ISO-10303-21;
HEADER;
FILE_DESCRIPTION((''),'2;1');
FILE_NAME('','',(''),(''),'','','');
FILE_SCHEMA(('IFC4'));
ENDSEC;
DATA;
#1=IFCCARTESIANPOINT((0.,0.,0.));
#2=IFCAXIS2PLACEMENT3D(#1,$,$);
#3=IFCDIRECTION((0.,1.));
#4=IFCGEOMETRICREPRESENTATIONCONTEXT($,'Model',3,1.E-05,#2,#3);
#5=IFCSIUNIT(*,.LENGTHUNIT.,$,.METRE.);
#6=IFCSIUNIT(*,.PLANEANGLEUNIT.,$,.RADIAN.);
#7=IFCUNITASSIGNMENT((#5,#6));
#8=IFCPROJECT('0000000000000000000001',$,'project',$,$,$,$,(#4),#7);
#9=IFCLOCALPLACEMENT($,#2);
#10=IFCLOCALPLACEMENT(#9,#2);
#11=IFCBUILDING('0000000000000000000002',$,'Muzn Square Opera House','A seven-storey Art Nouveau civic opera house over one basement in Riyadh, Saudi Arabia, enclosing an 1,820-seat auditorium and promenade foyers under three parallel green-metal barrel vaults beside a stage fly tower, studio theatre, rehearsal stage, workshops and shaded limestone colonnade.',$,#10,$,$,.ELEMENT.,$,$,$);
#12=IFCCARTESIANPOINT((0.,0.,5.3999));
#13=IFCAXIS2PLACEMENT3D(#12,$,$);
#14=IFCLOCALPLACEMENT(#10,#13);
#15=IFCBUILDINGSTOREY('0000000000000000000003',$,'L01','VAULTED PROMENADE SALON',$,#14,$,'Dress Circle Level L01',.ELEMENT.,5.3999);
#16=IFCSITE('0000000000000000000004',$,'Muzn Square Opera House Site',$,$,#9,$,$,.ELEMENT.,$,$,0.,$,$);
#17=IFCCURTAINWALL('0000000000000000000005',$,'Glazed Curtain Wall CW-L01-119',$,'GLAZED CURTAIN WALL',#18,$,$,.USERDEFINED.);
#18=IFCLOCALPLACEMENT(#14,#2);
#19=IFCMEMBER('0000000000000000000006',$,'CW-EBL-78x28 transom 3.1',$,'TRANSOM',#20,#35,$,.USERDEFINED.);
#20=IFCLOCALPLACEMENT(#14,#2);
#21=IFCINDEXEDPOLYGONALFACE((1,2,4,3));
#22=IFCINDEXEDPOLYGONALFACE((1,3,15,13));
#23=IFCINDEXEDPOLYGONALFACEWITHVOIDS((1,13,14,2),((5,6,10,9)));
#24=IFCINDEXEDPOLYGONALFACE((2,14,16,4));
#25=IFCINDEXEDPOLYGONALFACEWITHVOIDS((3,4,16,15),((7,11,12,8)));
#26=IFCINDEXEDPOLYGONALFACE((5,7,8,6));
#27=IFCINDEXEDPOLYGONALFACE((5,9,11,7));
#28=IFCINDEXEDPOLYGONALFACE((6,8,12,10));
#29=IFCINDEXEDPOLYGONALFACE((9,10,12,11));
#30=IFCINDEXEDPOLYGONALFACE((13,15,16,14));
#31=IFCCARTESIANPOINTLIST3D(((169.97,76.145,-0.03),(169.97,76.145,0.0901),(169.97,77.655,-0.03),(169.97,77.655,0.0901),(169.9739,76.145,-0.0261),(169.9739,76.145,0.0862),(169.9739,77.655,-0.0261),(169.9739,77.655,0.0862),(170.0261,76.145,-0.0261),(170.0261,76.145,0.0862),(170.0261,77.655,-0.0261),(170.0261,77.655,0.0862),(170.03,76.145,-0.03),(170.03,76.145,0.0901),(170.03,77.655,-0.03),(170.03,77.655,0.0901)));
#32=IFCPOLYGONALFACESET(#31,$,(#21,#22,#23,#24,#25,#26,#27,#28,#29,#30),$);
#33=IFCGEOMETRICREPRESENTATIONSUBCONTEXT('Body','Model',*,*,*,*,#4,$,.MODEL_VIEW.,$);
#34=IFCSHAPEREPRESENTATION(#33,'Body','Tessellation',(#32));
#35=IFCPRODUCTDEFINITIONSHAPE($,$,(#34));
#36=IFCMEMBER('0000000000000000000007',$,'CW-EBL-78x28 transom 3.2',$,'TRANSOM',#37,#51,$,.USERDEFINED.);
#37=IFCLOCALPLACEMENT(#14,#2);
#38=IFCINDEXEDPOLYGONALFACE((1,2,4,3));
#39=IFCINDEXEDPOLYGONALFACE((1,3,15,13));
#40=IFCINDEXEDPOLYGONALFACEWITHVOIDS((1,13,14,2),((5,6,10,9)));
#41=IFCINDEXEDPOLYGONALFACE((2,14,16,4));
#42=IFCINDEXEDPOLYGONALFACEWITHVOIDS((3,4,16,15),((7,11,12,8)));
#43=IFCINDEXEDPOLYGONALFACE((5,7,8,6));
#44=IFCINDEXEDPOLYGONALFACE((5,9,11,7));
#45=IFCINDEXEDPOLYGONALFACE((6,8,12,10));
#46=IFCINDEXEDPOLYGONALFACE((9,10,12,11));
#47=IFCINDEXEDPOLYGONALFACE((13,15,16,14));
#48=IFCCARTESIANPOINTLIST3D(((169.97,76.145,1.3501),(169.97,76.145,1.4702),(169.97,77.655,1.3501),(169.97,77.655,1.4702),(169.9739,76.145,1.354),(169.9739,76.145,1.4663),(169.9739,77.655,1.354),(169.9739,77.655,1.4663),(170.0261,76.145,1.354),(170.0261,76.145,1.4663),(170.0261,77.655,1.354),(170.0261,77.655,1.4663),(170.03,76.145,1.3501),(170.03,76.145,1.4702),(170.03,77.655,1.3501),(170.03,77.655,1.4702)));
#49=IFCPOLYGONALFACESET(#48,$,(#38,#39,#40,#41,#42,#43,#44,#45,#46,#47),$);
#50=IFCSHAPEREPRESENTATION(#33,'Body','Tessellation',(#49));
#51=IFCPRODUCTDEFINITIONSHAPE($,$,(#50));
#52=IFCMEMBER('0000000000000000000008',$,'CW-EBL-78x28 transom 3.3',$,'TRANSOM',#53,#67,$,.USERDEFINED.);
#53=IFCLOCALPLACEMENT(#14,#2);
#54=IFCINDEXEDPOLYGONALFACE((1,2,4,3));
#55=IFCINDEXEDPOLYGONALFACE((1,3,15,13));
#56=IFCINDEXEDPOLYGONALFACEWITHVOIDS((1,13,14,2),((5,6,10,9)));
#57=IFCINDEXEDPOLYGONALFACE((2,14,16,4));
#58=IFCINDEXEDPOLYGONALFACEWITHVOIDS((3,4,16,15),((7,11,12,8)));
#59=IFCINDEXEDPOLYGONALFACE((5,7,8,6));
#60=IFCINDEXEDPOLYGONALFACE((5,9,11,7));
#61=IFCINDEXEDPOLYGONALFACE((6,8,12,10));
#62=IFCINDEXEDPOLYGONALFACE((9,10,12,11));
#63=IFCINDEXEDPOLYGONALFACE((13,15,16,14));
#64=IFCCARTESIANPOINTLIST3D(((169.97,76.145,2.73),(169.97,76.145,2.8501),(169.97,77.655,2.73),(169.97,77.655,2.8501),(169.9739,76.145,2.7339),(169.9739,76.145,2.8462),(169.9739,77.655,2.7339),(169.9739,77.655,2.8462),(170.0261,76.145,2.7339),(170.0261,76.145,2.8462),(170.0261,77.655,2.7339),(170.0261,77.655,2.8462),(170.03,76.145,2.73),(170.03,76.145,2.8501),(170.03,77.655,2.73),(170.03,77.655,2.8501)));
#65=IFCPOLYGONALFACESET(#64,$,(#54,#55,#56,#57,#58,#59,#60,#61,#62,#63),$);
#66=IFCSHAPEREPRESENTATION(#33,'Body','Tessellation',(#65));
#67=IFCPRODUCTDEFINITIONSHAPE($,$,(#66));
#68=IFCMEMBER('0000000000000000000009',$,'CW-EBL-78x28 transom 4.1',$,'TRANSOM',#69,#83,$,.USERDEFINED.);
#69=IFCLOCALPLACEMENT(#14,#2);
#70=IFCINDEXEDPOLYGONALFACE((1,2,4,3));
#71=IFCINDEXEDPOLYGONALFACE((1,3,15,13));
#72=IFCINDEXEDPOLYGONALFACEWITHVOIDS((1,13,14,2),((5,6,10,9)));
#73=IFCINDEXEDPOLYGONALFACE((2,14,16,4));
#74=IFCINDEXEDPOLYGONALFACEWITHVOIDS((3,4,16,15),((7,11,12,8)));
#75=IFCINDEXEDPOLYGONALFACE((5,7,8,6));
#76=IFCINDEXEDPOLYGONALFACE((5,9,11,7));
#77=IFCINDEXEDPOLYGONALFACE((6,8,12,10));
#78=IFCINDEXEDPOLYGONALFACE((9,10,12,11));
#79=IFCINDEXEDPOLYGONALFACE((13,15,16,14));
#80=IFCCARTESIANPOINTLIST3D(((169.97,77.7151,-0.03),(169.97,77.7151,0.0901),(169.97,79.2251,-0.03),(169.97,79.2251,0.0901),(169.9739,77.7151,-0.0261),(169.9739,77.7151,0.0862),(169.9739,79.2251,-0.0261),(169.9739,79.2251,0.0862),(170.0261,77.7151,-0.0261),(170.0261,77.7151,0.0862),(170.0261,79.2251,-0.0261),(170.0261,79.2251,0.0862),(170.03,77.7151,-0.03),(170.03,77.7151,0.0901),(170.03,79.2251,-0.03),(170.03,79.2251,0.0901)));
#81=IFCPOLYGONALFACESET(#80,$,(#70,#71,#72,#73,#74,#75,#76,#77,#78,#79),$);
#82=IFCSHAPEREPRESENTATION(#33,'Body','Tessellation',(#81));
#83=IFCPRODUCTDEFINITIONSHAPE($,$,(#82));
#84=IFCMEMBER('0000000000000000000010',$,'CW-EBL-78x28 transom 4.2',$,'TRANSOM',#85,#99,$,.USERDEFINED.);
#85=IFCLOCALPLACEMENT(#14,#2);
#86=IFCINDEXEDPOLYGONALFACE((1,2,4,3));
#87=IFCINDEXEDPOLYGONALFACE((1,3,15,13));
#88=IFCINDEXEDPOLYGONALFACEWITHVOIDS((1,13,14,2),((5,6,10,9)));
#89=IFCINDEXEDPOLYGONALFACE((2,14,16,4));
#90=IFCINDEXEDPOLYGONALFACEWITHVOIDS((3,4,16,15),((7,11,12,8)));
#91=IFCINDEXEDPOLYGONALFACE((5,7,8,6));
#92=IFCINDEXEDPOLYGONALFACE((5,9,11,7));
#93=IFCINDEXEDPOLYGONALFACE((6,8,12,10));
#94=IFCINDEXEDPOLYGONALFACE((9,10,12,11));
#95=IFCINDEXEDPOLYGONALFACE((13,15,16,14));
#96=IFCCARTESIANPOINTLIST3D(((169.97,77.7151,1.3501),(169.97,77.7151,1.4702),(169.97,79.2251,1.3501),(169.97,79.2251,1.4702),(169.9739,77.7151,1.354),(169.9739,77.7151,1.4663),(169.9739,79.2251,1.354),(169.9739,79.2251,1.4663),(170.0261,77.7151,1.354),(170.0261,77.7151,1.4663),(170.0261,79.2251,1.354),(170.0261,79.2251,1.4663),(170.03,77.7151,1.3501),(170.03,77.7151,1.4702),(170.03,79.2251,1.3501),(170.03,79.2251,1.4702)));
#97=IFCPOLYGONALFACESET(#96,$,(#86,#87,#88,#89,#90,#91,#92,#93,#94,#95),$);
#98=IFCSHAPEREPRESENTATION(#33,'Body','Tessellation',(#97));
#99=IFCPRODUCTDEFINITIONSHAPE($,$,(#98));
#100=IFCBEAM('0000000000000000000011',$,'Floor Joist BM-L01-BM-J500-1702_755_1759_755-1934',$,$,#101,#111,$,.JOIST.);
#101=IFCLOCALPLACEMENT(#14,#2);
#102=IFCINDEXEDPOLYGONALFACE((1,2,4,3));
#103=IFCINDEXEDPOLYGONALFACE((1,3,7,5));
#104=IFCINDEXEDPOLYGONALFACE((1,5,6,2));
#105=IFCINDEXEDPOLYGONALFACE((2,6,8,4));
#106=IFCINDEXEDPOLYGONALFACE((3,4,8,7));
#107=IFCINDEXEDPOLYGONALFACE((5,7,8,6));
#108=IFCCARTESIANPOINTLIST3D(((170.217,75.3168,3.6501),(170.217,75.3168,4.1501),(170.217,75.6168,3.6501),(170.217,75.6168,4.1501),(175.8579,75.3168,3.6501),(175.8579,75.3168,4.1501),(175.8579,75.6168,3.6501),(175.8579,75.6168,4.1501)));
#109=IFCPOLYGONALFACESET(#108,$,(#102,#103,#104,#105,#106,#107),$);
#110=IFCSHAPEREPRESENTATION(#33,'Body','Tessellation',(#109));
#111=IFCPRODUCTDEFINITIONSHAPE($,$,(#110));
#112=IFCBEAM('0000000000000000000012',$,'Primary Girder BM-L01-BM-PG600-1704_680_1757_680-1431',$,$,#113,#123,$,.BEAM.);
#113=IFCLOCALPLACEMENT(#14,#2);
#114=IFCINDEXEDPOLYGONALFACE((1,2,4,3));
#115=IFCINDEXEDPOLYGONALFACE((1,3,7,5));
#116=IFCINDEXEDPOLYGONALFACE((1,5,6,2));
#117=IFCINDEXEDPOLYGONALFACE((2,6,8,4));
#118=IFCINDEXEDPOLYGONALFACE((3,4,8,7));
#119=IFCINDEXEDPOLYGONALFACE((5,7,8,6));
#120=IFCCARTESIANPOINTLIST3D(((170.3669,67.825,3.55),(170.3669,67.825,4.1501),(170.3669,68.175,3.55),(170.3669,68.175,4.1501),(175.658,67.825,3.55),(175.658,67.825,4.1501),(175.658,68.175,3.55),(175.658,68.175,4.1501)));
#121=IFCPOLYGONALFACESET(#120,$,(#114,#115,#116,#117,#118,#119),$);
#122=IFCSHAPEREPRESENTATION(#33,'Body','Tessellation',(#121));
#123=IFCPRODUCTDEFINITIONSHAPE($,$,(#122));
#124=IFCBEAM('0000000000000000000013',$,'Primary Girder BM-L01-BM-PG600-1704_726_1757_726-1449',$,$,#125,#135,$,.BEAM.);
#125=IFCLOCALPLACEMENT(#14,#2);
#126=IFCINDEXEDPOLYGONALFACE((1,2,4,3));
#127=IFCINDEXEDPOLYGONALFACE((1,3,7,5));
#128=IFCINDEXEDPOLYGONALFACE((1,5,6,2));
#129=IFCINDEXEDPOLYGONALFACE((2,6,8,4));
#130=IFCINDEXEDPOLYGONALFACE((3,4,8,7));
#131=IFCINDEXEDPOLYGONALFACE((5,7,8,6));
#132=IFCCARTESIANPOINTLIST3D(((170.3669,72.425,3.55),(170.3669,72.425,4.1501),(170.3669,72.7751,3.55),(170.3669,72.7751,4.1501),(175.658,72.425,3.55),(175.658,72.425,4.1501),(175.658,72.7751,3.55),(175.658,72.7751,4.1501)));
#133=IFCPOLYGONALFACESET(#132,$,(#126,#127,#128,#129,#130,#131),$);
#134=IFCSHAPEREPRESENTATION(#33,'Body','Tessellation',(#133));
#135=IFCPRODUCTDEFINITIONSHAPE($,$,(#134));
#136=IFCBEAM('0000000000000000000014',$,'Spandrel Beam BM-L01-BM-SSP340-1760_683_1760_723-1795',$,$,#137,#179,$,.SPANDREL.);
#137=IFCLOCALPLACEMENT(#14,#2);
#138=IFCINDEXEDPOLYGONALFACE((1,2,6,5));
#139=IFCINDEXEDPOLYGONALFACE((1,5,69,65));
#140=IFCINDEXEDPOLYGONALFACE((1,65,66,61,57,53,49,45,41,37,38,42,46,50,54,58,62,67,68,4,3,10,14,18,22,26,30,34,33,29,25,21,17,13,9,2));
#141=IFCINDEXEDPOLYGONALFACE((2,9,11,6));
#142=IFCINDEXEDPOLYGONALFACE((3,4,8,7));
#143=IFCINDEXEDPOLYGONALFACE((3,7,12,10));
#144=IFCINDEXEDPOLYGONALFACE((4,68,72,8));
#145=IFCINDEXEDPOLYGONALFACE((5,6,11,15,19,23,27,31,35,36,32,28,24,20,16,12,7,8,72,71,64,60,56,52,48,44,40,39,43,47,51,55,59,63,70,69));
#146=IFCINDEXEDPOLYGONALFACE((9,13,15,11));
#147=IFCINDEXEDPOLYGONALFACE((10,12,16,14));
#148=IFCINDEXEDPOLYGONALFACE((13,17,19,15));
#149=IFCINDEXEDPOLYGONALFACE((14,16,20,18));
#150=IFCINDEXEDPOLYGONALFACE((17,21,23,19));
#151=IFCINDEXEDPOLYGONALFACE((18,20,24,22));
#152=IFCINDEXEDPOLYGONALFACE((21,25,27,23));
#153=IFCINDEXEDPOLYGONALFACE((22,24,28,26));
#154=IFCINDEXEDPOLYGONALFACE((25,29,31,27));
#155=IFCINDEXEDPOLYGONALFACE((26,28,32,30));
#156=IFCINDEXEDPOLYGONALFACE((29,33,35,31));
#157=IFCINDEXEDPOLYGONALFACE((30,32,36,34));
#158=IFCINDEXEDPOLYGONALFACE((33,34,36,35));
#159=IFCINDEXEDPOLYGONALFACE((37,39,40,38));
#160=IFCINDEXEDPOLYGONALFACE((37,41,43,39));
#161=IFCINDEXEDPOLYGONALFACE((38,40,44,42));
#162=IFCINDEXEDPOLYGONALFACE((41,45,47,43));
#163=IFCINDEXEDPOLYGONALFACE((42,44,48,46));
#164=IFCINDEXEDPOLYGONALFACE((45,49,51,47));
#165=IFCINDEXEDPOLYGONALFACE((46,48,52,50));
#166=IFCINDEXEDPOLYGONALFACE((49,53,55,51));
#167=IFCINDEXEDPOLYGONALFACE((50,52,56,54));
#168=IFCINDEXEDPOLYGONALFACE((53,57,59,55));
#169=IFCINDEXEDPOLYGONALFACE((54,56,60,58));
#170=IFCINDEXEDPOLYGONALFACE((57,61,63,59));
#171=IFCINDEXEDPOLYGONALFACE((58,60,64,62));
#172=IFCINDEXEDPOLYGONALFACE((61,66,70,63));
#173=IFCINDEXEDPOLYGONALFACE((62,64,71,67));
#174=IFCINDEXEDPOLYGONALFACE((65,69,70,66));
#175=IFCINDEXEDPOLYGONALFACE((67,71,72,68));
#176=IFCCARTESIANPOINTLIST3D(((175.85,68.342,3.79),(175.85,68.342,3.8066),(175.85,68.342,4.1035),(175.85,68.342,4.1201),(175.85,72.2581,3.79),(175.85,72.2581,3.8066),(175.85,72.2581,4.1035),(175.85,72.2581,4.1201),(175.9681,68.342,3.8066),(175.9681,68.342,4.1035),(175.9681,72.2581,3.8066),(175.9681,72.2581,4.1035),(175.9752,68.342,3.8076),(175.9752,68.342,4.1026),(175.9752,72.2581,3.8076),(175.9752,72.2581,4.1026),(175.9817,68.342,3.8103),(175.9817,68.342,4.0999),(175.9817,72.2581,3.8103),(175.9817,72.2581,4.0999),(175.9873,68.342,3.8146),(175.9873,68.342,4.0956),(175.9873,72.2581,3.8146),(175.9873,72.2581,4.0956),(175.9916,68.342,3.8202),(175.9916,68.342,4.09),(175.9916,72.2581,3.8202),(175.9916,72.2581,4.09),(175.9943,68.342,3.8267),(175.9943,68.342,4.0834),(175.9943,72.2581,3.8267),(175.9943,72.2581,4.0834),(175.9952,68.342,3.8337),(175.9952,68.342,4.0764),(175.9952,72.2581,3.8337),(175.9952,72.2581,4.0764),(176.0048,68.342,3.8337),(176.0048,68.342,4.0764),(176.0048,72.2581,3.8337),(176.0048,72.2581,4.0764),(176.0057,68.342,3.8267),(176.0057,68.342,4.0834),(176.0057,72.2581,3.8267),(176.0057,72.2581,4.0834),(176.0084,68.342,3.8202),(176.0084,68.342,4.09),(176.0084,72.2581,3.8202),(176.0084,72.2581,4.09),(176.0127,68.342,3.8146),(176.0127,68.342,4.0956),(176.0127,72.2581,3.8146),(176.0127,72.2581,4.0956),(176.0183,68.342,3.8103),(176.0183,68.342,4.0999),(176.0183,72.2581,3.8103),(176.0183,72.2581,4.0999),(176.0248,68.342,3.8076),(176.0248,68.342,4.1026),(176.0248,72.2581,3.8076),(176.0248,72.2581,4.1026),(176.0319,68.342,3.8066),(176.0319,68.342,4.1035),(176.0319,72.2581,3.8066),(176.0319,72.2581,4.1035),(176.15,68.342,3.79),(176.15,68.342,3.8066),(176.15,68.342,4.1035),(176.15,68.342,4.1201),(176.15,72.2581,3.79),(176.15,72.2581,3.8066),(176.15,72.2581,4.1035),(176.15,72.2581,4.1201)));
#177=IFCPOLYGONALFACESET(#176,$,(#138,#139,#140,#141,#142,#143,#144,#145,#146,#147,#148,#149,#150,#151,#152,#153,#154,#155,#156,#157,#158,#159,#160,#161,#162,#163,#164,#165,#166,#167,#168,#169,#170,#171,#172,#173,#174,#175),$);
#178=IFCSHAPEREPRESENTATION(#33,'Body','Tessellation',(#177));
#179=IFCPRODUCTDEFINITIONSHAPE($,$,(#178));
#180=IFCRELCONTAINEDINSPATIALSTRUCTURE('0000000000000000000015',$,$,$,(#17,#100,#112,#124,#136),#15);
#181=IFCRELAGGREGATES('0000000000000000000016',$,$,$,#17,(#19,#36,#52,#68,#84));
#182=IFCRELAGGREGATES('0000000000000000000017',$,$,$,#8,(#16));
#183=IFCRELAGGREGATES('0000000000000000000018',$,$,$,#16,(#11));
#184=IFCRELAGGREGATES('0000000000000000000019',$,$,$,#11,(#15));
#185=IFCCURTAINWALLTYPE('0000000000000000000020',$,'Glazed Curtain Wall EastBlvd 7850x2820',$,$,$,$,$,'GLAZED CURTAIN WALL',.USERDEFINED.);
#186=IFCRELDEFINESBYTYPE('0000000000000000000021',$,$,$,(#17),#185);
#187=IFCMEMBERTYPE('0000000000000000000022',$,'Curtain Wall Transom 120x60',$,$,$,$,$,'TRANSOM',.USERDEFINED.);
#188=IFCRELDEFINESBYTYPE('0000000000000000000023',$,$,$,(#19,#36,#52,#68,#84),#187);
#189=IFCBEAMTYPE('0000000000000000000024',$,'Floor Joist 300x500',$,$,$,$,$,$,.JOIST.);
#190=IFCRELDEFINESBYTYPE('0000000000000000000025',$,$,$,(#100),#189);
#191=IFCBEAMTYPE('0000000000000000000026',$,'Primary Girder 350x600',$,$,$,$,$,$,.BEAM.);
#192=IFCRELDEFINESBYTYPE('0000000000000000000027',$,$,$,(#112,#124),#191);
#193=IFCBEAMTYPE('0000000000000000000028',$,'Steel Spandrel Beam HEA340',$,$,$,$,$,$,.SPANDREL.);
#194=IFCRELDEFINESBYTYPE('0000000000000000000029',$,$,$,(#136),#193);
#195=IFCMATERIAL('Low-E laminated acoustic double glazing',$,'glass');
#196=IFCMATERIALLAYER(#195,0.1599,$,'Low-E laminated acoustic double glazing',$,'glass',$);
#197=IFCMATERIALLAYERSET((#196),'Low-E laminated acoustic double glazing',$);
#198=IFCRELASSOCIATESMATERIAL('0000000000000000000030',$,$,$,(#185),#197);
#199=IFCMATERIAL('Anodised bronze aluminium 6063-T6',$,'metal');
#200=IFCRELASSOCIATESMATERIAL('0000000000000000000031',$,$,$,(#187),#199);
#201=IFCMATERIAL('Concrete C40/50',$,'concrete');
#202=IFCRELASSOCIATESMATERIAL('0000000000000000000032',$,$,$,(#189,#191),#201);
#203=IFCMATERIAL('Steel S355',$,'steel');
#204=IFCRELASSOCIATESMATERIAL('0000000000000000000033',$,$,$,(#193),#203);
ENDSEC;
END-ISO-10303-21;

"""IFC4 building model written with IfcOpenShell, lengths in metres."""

from ifc_helpers import new_model, si_unit, direction, frame, origin, origin_2d, place, context, subcontext, project, spatial, rectangle, hollow_rectangle, i_section, extrude, material, layer, layer_set, material_profile, profile_set, type_object, element, aggregate, save


model = new_model("IFC4")

# Units and contexts
model_context = context("Model", 3, precision=1e-05, world=origin(), true_north=direction((0.0, 1.0)))
body_context = subcontext(model_context, "Body", "Model", "MODEL_VIEW")
ifc_project = project(units=[si_unit("LENGTHUNIT", "METRE"), si_unit("PLANEANGLEUNIT", "RADIAN")], contexts=[model_context])

# Site, building, storey
site_placement = place(None, origin())
site = spatial("IfcSite", under=ifc_project, at=site_placement, Name="Muzn Square Opera House Site", CompositionType="ELEMENT", RefElevation=0.0)
building_placement = place(site_placement, origin())
building = spatial("IfcBuilding", under=site, at=building_placement, Name="Muzn Square Opera House", Description="A seven-storey Art Nouveau civic opera house over one basement in Riyadh, Saudi Arabia, enclosing an 1,820-seat auditorium and promenade foyers under three parallel green-metal barrel vaults beside a stage fly tower, studio theatre, rehearsal stage, workshops and shaded limestone colonnade.", CompositionType="ELEMENT")
storey_placement = place(building_placement, frame((0.0, 0.0, 5.3999)))
storey = spatial("IfcBuildingStorey", under=building, at=storey_placement, Name="L01", Description="VAULTED PROMENADE SALON", LongName="Dress Circle Level L01", CompositionType="ELEMENT", Elevation=5.3999)

# Curtain wall, members
ifc_material_1 = material(Name="Low-E laminated acoustic double glazing", Category="glass")
ifc_layer_1 = layer(ifc_material_1, 0.1599, Name="Low-E laminated acoustic double glazing", Category="glass")
ifc_layer_set_1 = layer_set([ifc_layer_1], Name="Low-E laminated acoustic double glazing")
curtain_wall_type = type_object("IfcCurtainWallType", Name="Glazed Curtain Wall EastBlvd 7850x2820", ElementType="GLAZED CURTAIN WALL", PredefinedType="USERDEFINED", material=ifc_layer_set_1)
curtain_wall_placement = place(storey_placement, origin())
curtain_wall = element("IfcCurtainWall", 1, at=curtain_wall_placement, inside=storey, type_object=curtain_wall_type, Name="Glazed Curtain Wall CW-L01-119", ObjectType="GLAZED CURTAIN WALL", PredefinedType="USERDEFINED")
ifc_material_2 = material(Name="Anodised bronze aluminium 6063-T6", Category="metal")
ifc_material_profile_1 = material_profile(ifc_material_2, hollow_rectangle(XDim=0.0601, YDim=0.1201, WallThickness=0.0039, at=origin_2d()), Name="ALU 120x60x4", Category="metal")
ifc_profile_set_1 = profile_set([ifc_material_profile_1], Name="Anodised bronze aluminium 6063-T6")
member_type_1 = type_object("IfcMemberType", Name="Curtain Wall Transom 120x60", ElementType="TRANSOM", PredefinedType="USERDEFINED", material=ifc_profile_set_1)
member_1_placement = place(storey_placement, frame((170.0, 76.145, 0.03), z_axis=(0.0, 1.0, 0.0), x_axis=(-1.0, 0.0, 0.0)))
member_1 = element("IfcMember", 2, at=member_1_placement, type_object=member_type_1, Name="CW-EBL-78x28 transom 3.1", ObjectType="TRANSOM", PredefinedType="USERDEFINED", context=body_context, shape_type="SweptSolid", body=[
    extrude(hollow_rectangle(XDim=0.0601, YDim=0.1201, WallThickness=0.0039, at=origin_2d()), origin(), (0.0, 0.0, 1.0), 1.51),
])
member_2_placement = place(storey_placement, frame((170.0, 76.145, 1.4102), z_axis=(0.0, 1.0, 0.0), x_axis=(-1.0, 0.0, 0.0)))
member_2 = element("IfcMember", 3, at=member_2_placement, type_object=member_type_1, Name="CW-EBL-78x28 transom 3.2", ObjectType="TRANSOM", PredefinedType="USERDEFINED", context=body_context, shape_type="SweptSolid", body=[
    extrude(hollow_rectangle(XDim=0.0601, YDim=0.1201, WallThickness=0.0039, at=origin_2d()), origin(), (0.0, 0.0, 1.0), 1.51),
])
member_3_placement = place(storey_placement, frame((170.0, 76.145, 2.79), z_axis=(0.0, 1.0, 0.0), x_axis=(-1.0, 0.0, 0.0)))
member_3 = element("IfcMember", 4, at=member_3_placement, type_object=member_type_1, Name="CW-EBL-78x28 transom 3.3", ObjectType="TRANSOM", PredefinedType="USERDEFINED", context=body_context, shape_type="SweptSolid", body=[
    extrude(hollow_rectangle(XDim=0.0601, YDim=0.1201, WallThickness=0.0039, at=origin_2d()), origin(), (0.0, 0.0, 1.0), 1.51),
])
member_4_placement = place(storey_placement, frame((170.0, 77.7151, 0.03), z_axis=(0.0, 1.0, 0.0), x_axis=(-1.0, 0.0, 0.0)))
member_4 = element("IfcMember", 5, at=member_4_placement, type_object=member_type_1, Name="CW-EBL-78x28 transom 4.1", ObjectType="TRANSOM", PredefinedType="USERDEFINED", context=body_context, shape_type="SweptSolid", body=[
    extrude(hollow_rectangle(XDim=0.0601, YDim=0.1201, WallThickness=0.0039, at=origin_2d()), origin(), (0.0, 0.0, 1.0), 1.51),
])
member_5_placement = place(storey_placement, frame((170.0, 77.7151, 1.4102), z_axis=(0.0, 1.0, 0.0), x_axis=(-1.0, 0.0, 0.0)))
member_5 = element("IfcMember", 6, at=member_5_placement, type_object=member_type_1, Name="CW-EBL-78x28 transom 4.2", ObjectType="TRANSOM", PredefinedType="USERDEFINED", context=body_context, shape_type="SweptSolid", body=[
    extrude(hollow_rectangle(XDim=0.0601, YDim=0.1201, WallThickness=0.0039, at=origin_2d()), origin(), (0.0, 0.0, 1.0), 1.51),
])

# Beams
ifc_material_3 = material(Name="Concrete C40/50", Category="concrete")
ifc_material_profile_2 = material_profile(ifc_material_3, rectangle(XDim=0.3, YDim=0.5, at=origin_2d()), Name="RCJ 300x500", Category="concrete")
ifc_profile_set_2 = profile_set([ifc_material_profile_2], Name="Concrete C40/50")
beam_type_1 = type_object("IfcBeamType", Name="Floor Joist 300x500", PredefinedType="JOIST", material=ifc_profile_set_2)
beam_1_placement = place(storey_placement, frame((170.217, 75.4668, 3.9001), z_axis=(1.0, 0.0, 0.0), x_axis=(0.0, 1.0, 0.0)))
element("IfcBeam", 7, at=beam_1_placement, inside=storey, type_object=beam_type_1, Name="Floor Joist BM-L01-BM-J500-1702_755_1759_755-1934", PredefinedType="JOIST", context=body_context, shape_type="SweptSolid", body=[
    extrude(rectangle(XDim=0.3, YDim=0.5, at=origin_2d()), origin(), (0.0, 0.0, 1.0), 5.6409),
])
ifc_material_profile_3 = material_profile(ifc_material_3, rectangle(XDim=0.3501, YDim=0.6001, at=origin_2d()), Name="RCB 350x600", Category="concrete")
ifc_profile_set_3 = profile_set([ifc_material_profile_3], Name="Concrete C40/50")
beam_type_2 = type_object("IfcBeamType", Name="Primary Girder 350x600", PredefinedType="BEAM", material=ifc_profile_set_3)
for number, where, z_axis, x_axis, name in (
    (8, (170.3669, 68.0, 3.8501), (1.0, 0.0, 0.0), (0.0, 1.0, 0.0), "Primary Girder BM-L01-BM-PG600-1704_680_1757_680-1431"),
    (9, (170.3669, 72.6001, 3.8501), (1.0, 0.0, 0.0), (0.0, 1.0, 0.0), "Primary Girder BM-L01-BM-PG600-1704_726_1757_726-1449"),
):
    element("IfcBeam", number, at=place(storey_placement, frame(where, z_axis=z_axis, x_axis=x_axis)), inside=storey, type_object=beam_type_2, Name=name, PredefinedType="BEAM", context=body_context, shape_type="SweptSolid", body=[
        extrude(rectangle(XDim=0.3501, YDim=0.6001, at=origin_2d()), origin(), (0.0, 0.0, 1.0), 5.291),
    ])
ifc_material_4 = material(Name="Steel S355", Category="steel")
ifc_material_profile_4 = material_profile(ifc_material_4, i_section(OverallWidth=0.3, OverallDepth=0.3301, WebThickness=0.0095, FlangeThickness=0.0166, FilletRadius=0.0271, at=origin_2d()), Name="HEA 340", Category="steel")
ifc_profile_set_4 = profile_set([ifc_material_profile_4], Name="Steel S355")
beam_type_3 = type_object("IfcBeamType", Name="Steel Spandrel Beam HEA340", PredefinedType="SPANDREL", material=ifc_profile_set_4)
beam_2_placement = place(storey_placement, frame((176.0, 68.342, 3.9551), z_axis=(0.0, 1.0, 0.0), x_axis=(-1.0, 0.0, 0.0)))
element("IfcBeam", 10, at=beam_2_placement, inside=storey, type_object=beam_type_3, Name="Spandrel Beam BM-L01-BM-SSP340-1760_683_1760_723-1795", PredefinedType="SPANDREL", context=body_context, shape_type="SweptSolid", body=[
    extrude(i_section(OverallWidth=0.3, OverallDepth=0.3301, WebThickness=0.0095, FlangeThickness=0.0166, FilletRadius=0.0271, at=origin_2d()), origin(), (0.0, 0.0, 1.0), 3.916),
])

aggregate(curtain_wall, [member_1, member_2, member_3, member_4, member_5])

save(model, "model.ifc")
